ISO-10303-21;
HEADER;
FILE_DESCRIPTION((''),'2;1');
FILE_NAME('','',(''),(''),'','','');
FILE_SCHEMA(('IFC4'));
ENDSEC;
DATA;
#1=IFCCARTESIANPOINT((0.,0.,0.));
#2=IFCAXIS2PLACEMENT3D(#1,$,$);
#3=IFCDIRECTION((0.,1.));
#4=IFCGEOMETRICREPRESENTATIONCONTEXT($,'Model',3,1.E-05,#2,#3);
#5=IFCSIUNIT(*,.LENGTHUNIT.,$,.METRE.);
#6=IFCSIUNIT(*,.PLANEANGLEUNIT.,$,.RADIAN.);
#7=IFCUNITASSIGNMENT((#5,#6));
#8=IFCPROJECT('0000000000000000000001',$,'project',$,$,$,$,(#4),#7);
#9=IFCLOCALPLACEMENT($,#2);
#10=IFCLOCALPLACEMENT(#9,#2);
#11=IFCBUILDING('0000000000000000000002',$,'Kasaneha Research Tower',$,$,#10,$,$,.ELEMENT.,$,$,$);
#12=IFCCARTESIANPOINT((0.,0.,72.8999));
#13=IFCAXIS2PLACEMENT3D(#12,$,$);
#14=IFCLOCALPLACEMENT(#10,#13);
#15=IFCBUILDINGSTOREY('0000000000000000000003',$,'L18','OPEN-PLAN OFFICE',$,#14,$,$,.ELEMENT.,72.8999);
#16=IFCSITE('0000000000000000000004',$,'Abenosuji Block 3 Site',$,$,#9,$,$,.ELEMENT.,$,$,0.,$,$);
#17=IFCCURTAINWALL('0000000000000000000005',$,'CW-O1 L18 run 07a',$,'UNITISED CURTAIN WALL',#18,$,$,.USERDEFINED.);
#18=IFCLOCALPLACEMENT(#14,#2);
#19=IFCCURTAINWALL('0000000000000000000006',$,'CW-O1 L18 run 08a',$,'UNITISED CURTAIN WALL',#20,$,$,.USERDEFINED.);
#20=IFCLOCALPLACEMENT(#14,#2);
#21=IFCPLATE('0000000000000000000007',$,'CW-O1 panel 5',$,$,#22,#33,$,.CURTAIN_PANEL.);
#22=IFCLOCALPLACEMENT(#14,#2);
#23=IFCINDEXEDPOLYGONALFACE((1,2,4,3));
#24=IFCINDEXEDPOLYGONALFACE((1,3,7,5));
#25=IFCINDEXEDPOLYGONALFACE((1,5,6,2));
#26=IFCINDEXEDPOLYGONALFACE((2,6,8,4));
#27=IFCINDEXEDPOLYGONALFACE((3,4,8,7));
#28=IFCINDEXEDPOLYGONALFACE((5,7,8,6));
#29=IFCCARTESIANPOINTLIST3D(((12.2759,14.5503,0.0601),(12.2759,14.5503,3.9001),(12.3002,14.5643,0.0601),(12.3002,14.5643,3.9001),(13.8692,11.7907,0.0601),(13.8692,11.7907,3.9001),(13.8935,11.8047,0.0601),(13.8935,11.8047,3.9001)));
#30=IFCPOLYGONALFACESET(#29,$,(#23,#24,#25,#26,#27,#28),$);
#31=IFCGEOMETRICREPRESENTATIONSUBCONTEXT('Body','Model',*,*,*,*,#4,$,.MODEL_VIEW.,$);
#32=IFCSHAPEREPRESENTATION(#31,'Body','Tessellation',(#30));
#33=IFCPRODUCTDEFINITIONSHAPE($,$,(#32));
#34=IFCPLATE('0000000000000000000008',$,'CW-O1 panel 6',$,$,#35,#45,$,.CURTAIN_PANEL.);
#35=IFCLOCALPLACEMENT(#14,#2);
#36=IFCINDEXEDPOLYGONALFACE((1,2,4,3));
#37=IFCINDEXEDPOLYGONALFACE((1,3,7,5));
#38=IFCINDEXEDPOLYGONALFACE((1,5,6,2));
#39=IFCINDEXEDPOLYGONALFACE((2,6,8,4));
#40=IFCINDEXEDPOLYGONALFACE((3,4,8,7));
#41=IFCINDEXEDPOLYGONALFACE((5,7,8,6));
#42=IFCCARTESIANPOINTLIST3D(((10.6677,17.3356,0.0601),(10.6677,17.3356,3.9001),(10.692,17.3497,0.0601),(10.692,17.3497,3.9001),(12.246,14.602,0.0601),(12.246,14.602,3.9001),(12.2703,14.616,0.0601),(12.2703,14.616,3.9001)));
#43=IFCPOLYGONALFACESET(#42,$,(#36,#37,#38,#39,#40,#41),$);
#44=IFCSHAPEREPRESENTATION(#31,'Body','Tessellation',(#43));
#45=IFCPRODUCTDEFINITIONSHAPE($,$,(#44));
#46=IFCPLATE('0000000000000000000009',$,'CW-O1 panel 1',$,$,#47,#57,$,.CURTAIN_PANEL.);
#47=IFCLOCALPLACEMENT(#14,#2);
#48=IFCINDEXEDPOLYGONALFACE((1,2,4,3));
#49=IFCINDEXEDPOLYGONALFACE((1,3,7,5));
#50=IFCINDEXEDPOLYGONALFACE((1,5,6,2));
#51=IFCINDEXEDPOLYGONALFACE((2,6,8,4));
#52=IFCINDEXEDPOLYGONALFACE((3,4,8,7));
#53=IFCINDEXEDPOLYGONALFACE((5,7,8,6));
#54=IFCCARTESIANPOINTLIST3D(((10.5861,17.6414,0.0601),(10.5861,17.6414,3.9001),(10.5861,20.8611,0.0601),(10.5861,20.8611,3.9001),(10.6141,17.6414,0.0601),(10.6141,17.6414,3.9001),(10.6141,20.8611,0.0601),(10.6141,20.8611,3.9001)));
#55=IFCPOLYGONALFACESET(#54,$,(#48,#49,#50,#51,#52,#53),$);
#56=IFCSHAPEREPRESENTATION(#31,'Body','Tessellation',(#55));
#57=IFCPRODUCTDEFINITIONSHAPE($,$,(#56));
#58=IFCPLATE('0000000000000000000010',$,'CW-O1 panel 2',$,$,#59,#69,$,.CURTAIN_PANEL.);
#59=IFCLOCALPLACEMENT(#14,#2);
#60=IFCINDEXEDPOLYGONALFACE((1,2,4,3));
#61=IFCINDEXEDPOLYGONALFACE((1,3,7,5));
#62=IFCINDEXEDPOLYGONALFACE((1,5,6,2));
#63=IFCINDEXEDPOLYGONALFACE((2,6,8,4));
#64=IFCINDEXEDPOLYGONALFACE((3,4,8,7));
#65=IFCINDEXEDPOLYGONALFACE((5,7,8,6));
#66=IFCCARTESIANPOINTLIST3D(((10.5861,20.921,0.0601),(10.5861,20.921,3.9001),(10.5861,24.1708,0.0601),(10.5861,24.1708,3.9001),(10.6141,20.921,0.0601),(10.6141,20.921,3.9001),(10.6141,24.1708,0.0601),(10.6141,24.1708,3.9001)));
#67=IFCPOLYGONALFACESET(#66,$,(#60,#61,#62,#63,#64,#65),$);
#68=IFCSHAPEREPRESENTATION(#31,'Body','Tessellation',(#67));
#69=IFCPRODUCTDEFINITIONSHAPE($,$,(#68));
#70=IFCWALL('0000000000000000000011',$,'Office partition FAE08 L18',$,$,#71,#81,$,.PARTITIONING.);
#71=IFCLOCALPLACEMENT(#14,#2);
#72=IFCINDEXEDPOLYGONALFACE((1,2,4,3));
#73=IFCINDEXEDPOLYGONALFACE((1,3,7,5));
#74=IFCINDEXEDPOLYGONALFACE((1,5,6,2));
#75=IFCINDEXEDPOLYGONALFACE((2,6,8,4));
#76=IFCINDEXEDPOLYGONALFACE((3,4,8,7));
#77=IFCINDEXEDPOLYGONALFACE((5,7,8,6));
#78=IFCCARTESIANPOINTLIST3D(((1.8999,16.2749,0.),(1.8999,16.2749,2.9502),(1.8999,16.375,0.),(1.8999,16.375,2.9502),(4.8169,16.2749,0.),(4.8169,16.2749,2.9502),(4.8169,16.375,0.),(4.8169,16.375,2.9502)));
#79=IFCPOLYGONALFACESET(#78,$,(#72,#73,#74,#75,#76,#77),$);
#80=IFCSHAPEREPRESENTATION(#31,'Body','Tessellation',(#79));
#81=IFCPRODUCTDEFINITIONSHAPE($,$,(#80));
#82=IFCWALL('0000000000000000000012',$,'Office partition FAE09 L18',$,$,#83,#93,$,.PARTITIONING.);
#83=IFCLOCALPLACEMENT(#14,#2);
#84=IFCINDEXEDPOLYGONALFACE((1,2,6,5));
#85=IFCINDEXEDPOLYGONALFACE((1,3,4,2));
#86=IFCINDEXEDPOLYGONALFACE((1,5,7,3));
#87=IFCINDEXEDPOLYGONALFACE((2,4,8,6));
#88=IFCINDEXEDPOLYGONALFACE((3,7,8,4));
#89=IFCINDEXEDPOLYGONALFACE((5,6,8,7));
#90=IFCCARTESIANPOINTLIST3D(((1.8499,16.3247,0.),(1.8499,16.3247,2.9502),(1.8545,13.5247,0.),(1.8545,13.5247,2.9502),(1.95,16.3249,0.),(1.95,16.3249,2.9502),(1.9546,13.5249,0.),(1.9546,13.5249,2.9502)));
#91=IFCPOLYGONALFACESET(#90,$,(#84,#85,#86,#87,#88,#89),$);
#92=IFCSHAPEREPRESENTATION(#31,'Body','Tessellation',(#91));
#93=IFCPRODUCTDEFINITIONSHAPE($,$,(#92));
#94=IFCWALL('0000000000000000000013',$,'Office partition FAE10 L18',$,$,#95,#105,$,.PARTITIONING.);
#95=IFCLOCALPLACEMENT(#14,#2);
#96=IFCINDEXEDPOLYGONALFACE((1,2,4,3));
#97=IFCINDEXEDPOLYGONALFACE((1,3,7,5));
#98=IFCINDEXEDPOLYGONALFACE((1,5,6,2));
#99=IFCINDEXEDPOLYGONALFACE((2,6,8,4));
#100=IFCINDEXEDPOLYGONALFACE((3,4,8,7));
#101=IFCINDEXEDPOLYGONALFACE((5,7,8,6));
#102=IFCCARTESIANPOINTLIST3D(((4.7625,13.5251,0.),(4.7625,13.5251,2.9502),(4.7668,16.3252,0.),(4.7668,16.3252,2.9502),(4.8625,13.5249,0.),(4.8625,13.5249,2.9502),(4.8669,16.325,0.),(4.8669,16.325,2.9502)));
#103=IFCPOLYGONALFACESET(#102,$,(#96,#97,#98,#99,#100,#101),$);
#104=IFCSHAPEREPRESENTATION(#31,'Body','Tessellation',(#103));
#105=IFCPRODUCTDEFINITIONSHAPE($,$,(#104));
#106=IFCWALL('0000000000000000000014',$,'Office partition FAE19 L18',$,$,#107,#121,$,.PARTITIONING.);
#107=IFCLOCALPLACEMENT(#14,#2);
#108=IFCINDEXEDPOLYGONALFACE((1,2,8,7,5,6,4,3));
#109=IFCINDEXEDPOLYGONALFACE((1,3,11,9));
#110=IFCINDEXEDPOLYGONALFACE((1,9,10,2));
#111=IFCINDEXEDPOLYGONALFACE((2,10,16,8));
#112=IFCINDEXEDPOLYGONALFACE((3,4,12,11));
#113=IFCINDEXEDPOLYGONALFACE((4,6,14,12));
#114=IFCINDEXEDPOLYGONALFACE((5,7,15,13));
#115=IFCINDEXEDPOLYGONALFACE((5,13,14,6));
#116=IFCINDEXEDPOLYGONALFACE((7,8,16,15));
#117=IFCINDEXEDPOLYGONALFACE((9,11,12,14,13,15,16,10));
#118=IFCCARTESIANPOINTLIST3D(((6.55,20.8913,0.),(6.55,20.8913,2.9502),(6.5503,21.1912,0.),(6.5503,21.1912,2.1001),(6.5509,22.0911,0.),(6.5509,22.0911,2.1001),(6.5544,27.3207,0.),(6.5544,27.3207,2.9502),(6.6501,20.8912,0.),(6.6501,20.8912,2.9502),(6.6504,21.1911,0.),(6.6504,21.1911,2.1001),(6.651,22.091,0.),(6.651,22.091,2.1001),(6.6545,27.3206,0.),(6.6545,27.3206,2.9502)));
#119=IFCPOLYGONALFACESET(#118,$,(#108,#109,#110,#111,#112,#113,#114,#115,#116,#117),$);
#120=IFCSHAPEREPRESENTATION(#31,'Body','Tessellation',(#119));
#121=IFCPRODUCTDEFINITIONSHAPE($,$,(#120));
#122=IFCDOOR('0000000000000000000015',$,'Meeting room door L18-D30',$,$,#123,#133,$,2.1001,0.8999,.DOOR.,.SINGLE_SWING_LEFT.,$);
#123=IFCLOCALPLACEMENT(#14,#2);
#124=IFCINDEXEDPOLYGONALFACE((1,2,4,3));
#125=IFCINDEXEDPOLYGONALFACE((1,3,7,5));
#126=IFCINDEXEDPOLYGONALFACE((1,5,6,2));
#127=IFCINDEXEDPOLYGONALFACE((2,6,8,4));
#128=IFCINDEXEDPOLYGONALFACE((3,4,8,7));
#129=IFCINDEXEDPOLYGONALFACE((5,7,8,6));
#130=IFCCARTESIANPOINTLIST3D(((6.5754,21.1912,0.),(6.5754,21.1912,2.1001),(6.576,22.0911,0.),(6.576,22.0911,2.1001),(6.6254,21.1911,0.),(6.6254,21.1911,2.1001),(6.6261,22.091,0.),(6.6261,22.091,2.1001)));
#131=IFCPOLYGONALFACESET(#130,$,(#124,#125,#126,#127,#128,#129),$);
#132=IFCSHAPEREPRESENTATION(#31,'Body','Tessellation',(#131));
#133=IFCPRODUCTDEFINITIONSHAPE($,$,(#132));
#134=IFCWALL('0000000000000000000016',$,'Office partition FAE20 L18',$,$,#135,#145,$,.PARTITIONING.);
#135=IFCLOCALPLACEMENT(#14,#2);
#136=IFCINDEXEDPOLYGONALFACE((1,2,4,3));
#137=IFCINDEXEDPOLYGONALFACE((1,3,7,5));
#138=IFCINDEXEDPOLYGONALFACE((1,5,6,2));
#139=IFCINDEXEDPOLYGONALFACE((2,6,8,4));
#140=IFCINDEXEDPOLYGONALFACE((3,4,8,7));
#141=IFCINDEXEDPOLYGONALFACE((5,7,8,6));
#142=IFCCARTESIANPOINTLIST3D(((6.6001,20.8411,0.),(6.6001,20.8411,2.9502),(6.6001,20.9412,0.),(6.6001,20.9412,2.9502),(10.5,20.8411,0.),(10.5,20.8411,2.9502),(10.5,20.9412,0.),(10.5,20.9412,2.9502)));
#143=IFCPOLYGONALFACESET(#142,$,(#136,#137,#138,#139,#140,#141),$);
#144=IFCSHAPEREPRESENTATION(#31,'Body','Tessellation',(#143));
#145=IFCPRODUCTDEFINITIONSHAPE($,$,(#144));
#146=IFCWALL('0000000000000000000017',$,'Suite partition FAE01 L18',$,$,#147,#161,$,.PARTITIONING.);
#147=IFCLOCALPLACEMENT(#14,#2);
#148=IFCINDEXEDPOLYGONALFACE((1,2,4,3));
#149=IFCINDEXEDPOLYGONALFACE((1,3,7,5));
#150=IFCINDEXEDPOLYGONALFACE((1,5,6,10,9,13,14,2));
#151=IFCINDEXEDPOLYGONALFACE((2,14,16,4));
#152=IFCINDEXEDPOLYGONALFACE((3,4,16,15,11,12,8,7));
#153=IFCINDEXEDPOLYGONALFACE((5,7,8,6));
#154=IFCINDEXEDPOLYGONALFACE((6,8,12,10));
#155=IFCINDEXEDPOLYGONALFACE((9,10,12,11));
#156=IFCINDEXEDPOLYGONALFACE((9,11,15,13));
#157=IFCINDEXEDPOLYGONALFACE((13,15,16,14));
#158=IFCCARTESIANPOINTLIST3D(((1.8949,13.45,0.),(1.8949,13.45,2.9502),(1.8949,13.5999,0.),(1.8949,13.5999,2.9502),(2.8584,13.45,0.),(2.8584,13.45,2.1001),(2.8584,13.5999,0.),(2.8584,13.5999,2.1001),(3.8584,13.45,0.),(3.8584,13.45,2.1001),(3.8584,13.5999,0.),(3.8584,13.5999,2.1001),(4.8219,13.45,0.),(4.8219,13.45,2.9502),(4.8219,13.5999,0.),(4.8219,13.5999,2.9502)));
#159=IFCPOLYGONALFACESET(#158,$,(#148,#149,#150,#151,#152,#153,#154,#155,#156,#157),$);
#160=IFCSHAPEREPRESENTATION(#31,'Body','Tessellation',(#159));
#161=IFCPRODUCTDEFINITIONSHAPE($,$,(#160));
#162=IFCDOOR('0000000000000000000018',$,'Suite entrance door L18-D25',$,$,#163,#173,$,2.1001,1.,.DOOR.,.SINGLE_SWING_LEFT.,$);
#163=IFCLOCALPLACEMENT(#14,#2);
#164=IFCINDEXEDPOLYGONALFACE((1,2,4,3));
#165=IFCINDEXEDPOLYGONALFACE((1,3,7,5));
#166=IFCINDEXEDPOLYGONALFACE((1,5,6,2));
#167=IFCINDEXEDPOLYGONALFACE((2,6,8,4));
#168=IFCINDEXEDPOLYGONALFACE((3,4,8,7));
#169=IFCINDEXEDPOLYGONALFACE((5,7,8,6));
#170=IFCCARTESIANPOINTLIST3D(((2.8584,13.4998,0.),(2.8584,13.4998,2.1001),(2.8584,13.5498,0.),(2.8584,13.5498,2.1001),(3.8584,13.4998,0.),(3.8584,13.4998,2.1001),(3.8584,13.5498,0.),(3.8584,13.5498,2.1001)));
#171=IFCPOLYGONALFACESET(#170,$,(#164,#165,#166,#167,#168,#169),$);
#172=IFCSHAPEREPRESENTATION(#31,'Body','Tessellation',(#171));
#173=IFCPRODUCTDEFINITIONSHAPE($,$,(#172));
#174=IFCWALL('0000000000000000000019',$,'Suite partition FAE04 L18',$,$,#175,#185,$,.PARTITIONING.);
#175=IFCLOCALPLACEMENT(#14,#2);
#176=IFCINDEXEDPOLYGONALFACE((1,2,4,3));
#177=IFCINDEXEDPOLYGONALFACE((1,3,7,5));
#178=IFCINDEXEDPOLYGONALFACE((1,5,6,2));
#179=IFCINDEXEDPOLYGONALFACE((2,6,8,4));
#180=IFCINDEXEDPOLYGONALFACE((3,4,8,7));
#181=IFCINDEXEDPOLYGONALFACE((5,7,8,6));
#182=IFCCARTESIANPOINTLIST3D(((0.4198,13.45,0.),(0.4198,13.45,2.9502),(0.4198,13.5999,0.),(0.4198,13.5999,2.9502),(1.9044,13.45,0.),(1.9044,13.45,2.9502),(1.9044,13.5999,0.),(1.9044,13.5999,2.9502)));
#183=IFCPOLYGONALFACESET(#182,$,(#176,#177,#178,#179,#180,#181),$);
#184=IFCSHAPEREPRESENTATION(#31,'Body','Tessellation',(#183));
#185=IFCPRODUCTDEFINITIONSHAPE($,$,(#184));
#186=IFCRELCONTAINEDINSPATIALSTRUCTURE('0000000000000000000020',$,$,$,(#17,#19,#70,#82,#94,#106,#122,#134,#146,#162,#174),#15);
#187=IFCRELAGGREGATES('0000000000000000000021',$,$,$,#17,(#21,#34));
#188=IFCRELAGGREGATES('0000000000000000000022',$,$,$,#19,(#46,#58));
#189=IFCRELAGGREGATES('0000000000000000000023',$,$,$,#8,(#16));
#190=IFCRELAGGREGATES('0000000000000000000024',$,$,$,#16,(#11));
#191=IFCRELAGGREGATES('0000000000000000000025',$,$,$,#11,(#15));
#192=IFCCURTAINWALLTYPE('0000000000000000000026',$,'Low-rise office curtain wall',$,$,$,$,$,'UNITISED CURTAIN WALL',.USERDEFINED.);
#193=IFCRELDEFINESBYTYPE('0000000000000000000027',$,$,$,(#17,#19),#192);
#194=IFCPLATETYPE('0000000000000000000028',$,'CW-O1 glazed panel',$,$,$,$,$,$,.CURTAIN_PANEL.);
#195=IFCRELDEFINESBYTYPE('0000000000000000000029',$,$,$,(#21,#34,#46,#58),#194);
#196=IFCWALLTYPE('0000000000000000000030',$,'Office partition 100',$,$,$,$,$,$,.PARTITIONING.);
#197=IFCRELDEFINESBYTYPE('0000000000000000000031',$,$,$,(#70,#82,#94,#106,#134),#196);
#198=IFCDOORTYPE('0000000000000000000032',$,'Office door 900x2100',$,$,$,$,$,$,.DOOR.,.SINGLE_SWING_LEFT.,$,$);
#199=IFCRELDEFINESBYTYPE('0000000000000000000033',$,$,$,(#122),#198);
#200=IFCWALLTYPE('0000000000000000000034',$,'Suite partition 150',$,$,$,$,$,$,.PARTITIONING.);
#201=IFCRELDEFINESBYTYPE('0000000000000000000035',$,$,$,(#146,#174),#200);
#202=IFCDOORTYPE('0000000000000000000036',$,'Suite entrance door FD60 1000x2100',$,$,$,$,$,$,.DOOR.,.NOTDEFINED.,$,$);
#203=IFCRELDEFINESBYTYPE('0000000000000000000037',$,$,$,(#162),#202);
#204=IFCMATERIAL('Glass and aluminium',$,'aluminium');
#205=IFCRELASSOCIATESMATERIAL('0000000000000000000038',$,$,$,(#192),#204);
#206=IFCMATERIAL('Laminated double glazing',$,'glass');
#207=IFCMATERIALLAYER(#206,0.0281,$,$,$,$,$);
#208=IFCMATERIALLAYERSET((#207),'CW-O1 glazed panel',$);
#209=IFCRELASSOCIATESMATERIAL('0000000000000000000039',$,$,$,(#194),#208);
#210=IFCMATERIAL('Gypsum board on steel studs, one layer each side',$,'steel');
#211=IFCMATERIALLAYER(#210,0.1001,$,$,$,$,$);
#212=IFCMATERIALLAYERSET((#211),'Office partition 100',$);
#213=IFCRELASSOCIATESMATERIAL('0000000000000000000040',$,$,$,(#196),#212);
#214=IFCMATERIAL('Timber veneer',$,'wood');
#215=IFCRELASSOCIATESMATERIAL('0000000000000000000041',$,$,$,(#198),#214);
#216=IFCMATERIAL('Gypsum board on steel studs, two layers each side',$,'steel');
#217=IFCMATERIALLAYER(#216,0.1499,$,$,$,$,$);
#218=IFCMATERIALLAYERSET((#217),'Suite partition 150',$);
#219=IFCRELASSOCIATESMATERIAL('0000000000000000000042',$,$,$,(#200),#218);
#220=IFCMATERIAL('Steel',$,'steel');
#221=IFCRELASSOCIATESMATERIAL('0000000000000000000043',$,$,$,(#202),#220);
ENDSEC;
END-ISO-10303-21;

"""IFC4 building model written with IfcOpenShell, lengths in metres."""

from ifc_helpers import new_model, si_unit, direction, frame, frame_2d, origin, origin_2d, place, context, subcontext, project, spatial, rectangle, extrude, material, layer, layer_set, type_object, element, fill, aggregate, save


model = new_model("IFC4")

# Units and contexts
model_context = context("Model", 3, precision=1e-05, world=origin(), true_north=direction((0.0, 1.0)))
body_context = subcontext(model_context, "Body", "Model", "MODEL_VIEW")
ifc_project = project(units=[si_unit("LENGTHUNIT", "METRE"), si_unit("PLANEANGLEUNIT", "RADIAN")], contexts=[model_context])

# Site, building, storey
site_placement = place(None, origin())
site = spatial("IfcSite", under=ifc_project, at=site_placement, Name="Abenosuji Block 3 Site", CompositionType="ELEMENT", RefElevation=0.0)
building_placement = place(site_placement, origin())
building = spatial("IfcBuilding", under=site, at=building_placement, Name="Kasaneha Research Tower", CompositionType="ELEMENT")
storey_placement = place(building_placement, frame((0.0, 0.0, 72.8999)))
storey = spatial("IfcBuildingStorey", under=building, at=storey_placement, Name="L18", Description="OPEN-PLAN OFFICE", CompositionType="ELEMENT", Elevation=72.8999)

# Curtain walls
ifc_material_1 = material(Name="Glass and aluminium", Category="aluminium")
curtain_wall_type = type_object("IfcCurtainWallType", Name="Low-rise office curtain wall", ElementType="UNITISED CURTAIN WALL", PredefinedType="USERDEFINED", material=ifc_material_1)
curtain_wall_1_placement = place(storey_placement, origin())
curtain_wall_1 = element("IfcCurtainWall", 1, at=curtain_wall_1_placement, inside=storey, type_object=curtain_wall_type, Name="CW-O1 L18 run 07a", ObjectType="UNITISED CURTAIN WALL", PredefinedType="USERDEFINED")
curtain_wall_2_placement = place(storey_placement, origin())
curtain_wall_2 = element("IfcCurtainWall", 2, at=curtain_wall_2_placement, inside=storey, type_object=curtain_wall_type, Name="CW-O1 L18 run 08a", ObjectType="UNITISED CURTAIN WALL", PredefinedType="USERDEFINED")

# Plates
ifc_material_2 = material(Name="Laminated double glazing", Category="glass")
ifc_layer_1 = layer(ifc_material_2, 0.0281)
ifc_layer_set_1 = layer_set([ifc_layer_1], Name="CW-O1 glazed panel")
plate_type = type_object("IfcPlateType", Name="CW-O1 glazed panel", PredefinedType="CURTAIN_PANEL", material=ifc_layer_set_1)
plate_1_placement = place(storey_placement, frame((13.0847, 13.1775, 0.0601), z_axis=(0.0, 0.0, 1.0), x_axis=(-0.5, 0.866025, 0.0)))
plate_1 = element("IfcPlate", 3, at=plate_1_placement, type_object=plate_type, Name="CW-O1 panel 5", PredefinedType="CURTAIN_PANEL", context=body_context, shape_type="SweptSolid", body=[
    extrude(rectangle(XDim=3.1865, YDim=0.0281, at=origin_2d()), origin(), (0.0, 0.0, 1.0), 3.8401),
])
plate_2_placement = place(storey_placement, frame((11.469, 15.9758, 0.0601), z_axis=(0.0, 0.0, 1.0), x_axis=(-0.5, 0.866025, 0.0)))
plate_2 = element("IfcPlate", 4, at=plate_2_placement, type_object=plate_type, Name="CW-O1 panel 6", PredefinedType="CURTAIN_PANEL", context=body_context, shape_type="SweptSolid", body=[
    extrude(rectangle(XDim=3.1565, YDim=0.0281, at=origin_2d()), origin(), (0.0, 0.0, 1.0), 3.8401),
])
aggregate(curtain_wall_1, [plate_1, plate_2])
plate_3_placement = place(storey_placement, frame((10.6001, 19.2512, 0.0601), z_axis=(0.0, 0.0, 1.0), x_axis=(0.0, 1.0, 0.0)))
plate_3 = element("IfcPlate", 5, at=plate_3_placement, type_object=plate_type, Name="CW-O1 panel 1", PredefinedType="CURTAIN_PANEL", context=body_context, shape_type="SweptSolid", body=[
    extrude(rectangle(XDim=3.2197, YDim=0.0281, at=origin_2d()), origin(), (0.0, 0.0, 1.0), 3.8401),
])
plate_4_placement = place(storey_placement, frame((10.6001, 22.5459, 0.0601), z_axis=(0.0, 0.0, 1.0), x_axis=(0.0, 1.0, 0.0)))
plate_4 = element("IfcPlate", 6, at=plate_4_placement, type_object=plate_type, Name="CW-O1 panel 2", PredefinedType="CURTAIN_PANEL", context=body_context, shape_type="SweptSolid", body=[
    extrude(rectangle(XDim=3.2498, YDim=0.0281, at=origin_2d()), origin(), (0.0, 0.0, 1.0), 3.8401),
])
aggregate(curtain_wall_2, [plate_3, plate_4])

# Walls
ifc_material_3 = material(Name="Gypsum board on steel studs, one layer each side", Category="steel")
ifc_layer_2 = layer(ifc_material_3, 0.1001)
ifc_layer_set_2 = layer_set([ifc_layer_2], Name="Office partition 100")
wall_type_1 = type_object("IfcWallType", Name="Office partition 100", PredefinedType="PARTITIONING", material=ifc_layer_set_2)
wall_1_placement = place(storey_placement, frame((1.8999, 16.325, 0.0), z_axis=(0.0, 0.0, 1.0), x_axis=(1.0, 0.0, 0.0)))
element("IfcWall", 7, at=wall_1_placement, inside=storey, type_object=wall_type_1, Name="Office partition FAE08 L18", PredefinedType="PARTITIONING", context=body_context, shape_type="SweptSolid", body=[
    extrude(rectangle(XDim=2.917, YDim=0.1001, at=frame_2d((1.4585, 0.0))), origin(), (0.0, 0.0, 1.0), 2.9502),
])
for number, where, z_axis, x_axis, name in (
    (8, (1.9045, 13.5249, 0.0), (0.0, 0.0, 1.0), (-0.001657, 0.999999, 0.0), "Office partition FAE09 L18"),
    (9, (4.8169, 16.325, 0.0), (0.0, 0.0, 1.0), (-0.001569, -0.999999, 0.0), "Office partition FAE10 L18"),
):
    element("IfcWall", number, at=place(storey_placement, frame(where, z_axis=z_axis, x_axis=x_axis)), inside=storey, type_object=wall_type_1, Name=name, PredefinedType="PARTITIONING", context=body_context, shape_type="SweptSolid", body=[
        extrude(rectangle(XDim=2.8, YDim=0.1001, at=frame_2d((1.3999, 0.0))), origin(), (0.0, 0.0, 1.0), 2.9502),
    ])

# Wall, opening, door
wall_2_placement = place(storey_placement, frame((6.6001, 20.8911, 0.0), z_axis=(0.0, 0.0, 1.0), x_axis=(0.000684, 1.0, 0.0)))
wall_2 = element("IfcWall", 10, at=wall_2_placement, inside=storey, type_object=wall_type_1, Name="Office partition FAE19 L18", PredefinedType="PARTITIONING", context=body_context, shape_type="SweptSolid", body=[
    extrude(rectangle(XDim=6.4294, YDim=0.1001, at=frame_2d((3.2148, 0.0))), origin(), (0.0, 0.0, 1.0), 2.9502),
])
opening_1_placement = place(wall_2_placement, frame((0.3, 0.0, 0.0)))
opening_1 = element("IfcOpeningElement", 11, at=opening_1_placement, cuts=wall_2, PredefinedType="OPENING", context=body_context, shape_type="SweptSolid", body=[
    extrude(rectangle(XDim=0.8999, YDim=2.1001, at=frame_2d((0.45, 1.05))), frame((0.0, 0.0601, 0.0), z_axis=(0.0, -1.0, 0.0), x_axis=(1.0, 0.0, 0.0)), (0.0, 0.0, 1.0), 0.1201),
])
ifc_material_4 = material(Name="Timber veneer", Category="wood")
door_type_1 = type_object("IfcDoorType", Name="Office door 900x2100", OperationType="SINGLE_SWING_LEFT", PredefinedType="DOOR", material=ifc_material_4)
door_1_placement = place(opening_1_placement, origin())
door_1 = element("IfcDoor", 12, at=door_1_placement, inside=storey, type_object=door_type_1, Name="Meeting room door L18-D30", OperationType="SINGLE_SWING_LEFT", OverallHeight=2.1001, OverallWidth=0.8999, PredefinedType="DOOR", context=body_context, shape_type="SweptSolid", body=[
    extrude(rectangle(XDim=0.8999, YDim=2.1001, at=frame_2d((0.45, 1.05))), frame((0.0, 0.0249, 0.0), z_axis=(0.0, -1.0, 0.0), x_axis=(1.0, 0.0, 0.0)), (0.0, 0.0, 1.0), 0.05),
])
fill(opening_1, door_1)

# Wall
wall_3_placement = place(storey_placement, frame((10.5, 20.8911, 0.0), z_axis=(0.0, 0.0, 1.0), x_axis=(-1.0, 0.0, 0.0)))
element("IfcWall", 13, at=wall_3_placement, inside=storey, type_object=wall_type_1, Name="Office partition FAE20 L18", PredefinedType="PARTITIONING", context=body_context, shape_type="SweptSolid", body=[
    extrude(rectangle(XDim=3.8999, YDim=0.1001, at=frame_2d((1.95, 0.0))), origin(), (0.0, 0.0, 1.0), 2.9502),
])

# Wall, opening, door
ifc_material_5 = material(Name="Gypsum board on steel studs, two layers each side", Category="steel")
ifc_layer_3 = layer(ifc_material_5, 0.1499)
ifc_layer_set_3 = layer_set([ifc_layer_3], Name="Suite partition 150")
wall_type_2 = type_object("IfcWallType", Name="Suite partition 150", PredefinedType="PARTITIONING", material=ifc_layer_set_3)
wall_4_placement = place(storey_placement, frame((1.895, 13.5249, 0.0), z_axis=(0.0, 0.0, 1.0), x_axis=(1.0, 0.0, 0.0)))
wall_4 = element("IfcWall", 14, at=wall_4_placement, inside=storey, type_object=wall_type_2, Name="Suite partition FAE01 L18", PredefinedType="PARTITIONING", context=body_context, shape_type="SweptSolid", body=[
    extrude(rectangle(XDim=2.927, YDim=0.1499, at=frame_2d((1.4634, 0.0))), origin(), (0.0, 0.0, 1.0), 2.9502),
])
opening_2_placement = place(wall_4_placement, frame((0.9634, 0.0, 0.0)))
opening_2 = element("IfcOpeningElement", 15, at=opening_2_placement, cuts=wall_4, PredefinedType="OPENING", context=body_context, shape_type="SweptSolid", body=[
    extrude(rectangle(XDim=1.0, YDim=2.1001, at=frame_2d((0.5, 1.05))), frame((0.0, 0.085, 0.0), z_axis=(0.0, -1.0, 0.0), x_axis=(1.0, 0.0, 0.0)), (0.0, 0.0, 1.0), 0.1699),
])
ifc_material_6 = material(Name="Steel", Category="steel")
door_type_2 = type_object("IfcDoorType", Name="Suite entrance door FD60 1000x2100", OperationType="NOTDEFINED", PredefinedType="DOOR", material=ifc_material_6)
door_2_placement = place(opening_2_placement, origin())
door_2 = element("IfcDoor", 16, at=door_2_placement, inside=storey, type_object=door_type_2, Name="Suite entrance door L18-D25", OperationType="SINGLE_SWING_LEFT", OverallHeight=2.1001, OverallWidth=1.0, PredefinedType="DOOR", context=body_context, shape_type="SweptSolid", body=[
    extrude(rectangle(XDim=1.0, YDim=2.1001, at=frame_2d((0.5, 1.05))), frame((0.0, 0.0249, 0.0), z_axis=(0.0, -1.0, 0.0), x_axis=(1.0, 0.0, 0.0)), (0.0, 0.0, 1.0), 0.05),
])
fill(opening_2, door_2)

# Wall
wall_5_placement = place(storey_placement, frame((0.4199, 13.5249, 0.0), z_axis=(0.0, 0.0, 1.0), x_axis=(1.0, 0.0, 0.0)))
element("IfcWall", 17, at=wall_5_placement, inside=storey, type_object=wall_type_2, Name="Suite partition FAE04 L18", PredefinedType="PARTITIONING", context=body_context, shape_type="SweptSolid", body=[
    extrude(rectangle(XDim=1.4846, YDim=0.1499, at=frame_2d((0.7422, 0.0))), origin(), (0.0, 0.0, 1.0), 2.9502),
])

save(model, "model.ifc")
